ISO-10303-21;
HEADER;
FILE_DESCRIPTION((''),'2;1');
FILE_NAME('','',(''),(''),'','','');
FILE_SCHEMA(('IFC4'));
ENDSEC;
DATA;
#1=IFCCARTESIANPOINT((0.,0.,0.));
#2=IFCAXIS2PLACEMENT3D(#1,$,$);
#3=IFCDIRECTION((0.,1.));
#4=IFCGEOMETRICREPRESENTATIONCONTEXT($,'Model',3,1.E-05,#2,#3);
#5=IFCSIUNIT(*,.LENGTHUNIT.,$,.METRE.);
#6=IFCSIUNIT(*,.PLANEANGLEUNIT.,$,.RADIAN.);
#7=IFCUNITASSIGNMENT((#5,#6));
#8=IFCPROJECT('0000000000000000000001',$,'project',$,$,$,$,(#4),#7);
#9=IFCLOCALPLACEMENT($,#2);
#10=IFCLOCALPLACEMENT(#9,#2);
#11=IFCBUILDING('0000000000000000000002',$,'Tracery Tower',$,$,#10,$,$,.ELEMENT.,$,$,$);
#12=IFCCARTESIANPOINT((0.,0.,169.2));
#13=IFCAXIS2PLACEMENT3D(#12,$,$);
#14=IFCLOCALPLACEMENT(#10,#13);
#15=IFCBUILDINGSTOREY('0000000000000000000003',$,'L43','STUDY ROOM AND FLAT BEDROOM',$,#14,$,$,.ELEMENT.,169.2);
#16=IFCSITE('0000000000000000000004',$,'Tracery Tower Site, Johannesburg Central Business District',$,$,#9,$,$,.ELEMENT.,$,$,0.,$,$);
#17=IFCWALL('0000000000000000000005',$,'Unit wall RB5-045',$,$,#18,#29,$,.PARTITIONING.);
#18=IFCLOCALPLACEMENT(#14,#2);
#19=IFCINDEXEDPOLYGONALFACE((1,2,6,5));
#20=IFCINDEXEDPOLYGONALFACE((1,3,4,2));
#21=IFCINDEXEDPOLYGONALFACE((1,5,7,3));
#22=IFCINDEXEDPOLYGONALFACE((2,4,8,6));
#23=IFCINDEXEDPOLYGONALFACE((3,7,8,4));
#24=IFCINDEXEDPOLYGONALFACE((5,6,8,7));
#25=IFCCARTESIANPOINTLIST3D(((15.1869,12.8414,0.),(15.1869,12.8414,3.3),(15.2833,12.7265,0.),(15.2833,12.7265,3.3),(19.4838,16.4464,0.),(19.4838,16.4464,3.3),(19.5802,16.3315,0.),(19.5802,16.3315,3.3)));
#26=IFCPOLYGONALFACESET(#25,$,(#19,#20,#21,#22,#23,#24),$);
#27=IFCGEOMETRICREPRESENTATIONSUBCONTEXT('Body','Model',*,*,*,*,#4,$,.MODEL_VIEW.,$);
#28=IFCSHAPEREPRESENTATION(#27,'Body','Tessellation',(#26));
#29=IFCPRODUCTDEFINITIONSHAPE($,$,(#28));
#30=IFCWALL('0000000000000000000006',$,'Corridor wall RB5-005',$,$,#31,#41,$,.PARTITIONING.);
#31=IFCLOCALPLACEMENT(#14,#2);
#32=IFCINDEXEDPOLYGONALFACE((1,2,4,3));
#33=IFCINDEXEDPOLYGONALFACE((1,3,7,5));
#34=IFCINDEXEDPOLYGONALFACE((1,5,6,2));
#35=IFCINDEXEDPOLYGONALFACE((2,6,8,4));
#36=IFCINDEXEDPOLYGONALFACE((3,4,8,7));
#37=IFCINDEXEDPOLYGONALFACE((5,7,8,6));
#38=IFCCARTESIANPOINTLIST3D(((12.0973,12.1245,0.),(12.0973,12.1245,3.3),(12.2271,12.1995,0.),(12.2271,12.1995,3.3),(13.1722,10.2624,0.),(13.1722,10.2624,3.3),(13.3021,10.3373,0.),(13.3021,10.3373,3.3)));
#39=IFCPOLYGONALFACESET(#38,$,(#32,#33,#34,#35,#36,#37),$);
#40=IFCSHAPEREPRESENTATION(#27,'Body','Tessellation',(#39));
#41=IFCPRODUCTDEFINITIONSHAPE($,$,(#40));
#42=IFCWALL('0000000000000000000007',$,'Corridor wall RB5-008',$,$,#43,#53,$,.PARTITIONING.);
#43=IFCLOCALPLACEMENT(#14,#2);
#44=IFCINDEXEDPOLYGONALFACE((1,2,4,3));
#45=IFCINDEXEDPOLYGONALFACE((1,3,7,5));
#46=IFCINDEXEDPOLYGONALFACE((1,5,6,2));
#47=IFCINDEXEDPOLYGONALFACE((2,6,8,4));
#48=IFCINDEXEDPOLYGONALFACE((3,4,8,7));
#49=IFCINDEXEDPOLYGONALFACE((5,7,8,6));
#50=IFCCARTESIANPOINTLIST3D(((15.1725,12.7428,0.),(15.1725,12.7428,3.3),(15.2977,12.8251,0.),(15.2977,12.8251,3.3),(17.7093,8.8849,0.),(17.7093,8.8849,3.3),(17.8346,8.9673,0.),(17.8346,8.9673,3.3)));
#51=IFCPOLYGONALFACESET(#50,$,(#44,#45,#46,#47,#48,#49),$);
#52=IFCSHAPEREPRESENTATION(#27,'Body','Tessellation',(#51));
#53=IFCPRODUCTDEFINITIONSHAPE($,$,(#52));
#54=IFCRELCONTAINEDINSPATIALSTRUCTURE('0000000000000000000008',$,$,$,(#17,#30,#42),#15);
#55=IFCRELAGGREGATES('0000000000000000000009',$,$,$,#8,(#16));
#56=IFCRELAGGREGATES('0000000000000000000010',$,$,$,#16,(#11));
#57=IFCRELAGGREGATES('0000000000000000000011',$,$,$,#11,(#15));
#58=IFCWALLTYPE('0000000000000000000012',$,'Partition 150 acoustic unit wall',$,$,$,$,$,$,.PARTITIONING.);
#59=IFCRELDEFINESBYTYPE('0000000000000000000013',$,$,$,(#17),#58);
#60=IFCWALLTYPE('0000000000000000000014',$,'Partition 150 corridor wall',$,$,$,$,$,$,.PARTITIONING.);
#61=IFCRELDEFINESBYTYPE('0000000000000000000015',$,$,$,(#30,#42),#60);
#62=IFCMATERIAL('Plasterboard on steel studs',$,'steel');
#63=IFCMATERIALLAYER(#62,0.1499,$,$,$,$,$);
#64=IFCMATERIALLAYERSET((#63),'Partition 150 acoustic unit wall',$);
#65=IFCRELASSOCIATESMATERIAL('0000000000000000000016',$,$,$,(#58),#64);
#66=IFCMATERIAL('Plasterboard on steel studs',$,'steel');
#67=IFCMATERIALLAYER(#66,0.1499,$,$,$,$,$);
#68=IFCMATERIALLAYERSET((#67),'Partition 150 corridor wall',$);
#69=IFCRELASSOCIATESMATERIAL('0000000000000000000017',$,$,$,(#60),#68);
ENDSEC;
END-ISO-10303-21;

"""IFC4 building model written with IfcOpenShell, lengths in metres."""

from ifc_helpers import new_model, si_unit, direction, frame, frame_2d, origin, place, context, subcontext, project, spatial, rectangle, extrude, material, layer, layer_set, type_object, element, save


model = new_model("IFC4")

# Units and contexts
model_context = context("Model", 3, precision=1e-05, world=origin(), true_north=direction((0.0, 1.0)))
body_context = subcontext(model_context, "Body", "Model", "MODEL_VIEW")
ifc_project = project(units=[si_unit("LENGTHUNIT", "METRE"), si_unit("PLANEANGLEUNIT", "RADIAN")], contexts=[model_context])

# Site, building, storey
site_placement = place(None, origin())
site = spatial("IfcSite", under=ifc_project, at=site_placement, Name="Tracery Tower Site, Johannesburg Central Business District", CompositionType="ELEMENT", RefElevation=0.0)
building_placement = place(site_placement, origin())
building = spatial("IfcBuilding", under=site, at=building_placement, Name="Tracery Tower", CompositionType="ELEMENT")
storey_placement = place(building_placement, frame((0.0, 0.0, 169.2)))
storey = spatial("IfcBuildingStorey", under=building, at=storey_placement, Name="L43", Description="STUDY ROOM AND FLAT BEDROOM", CompositionType="ELEMENT", Elevation=169.2)

# Walls
ifc_material_1 = material(Name="Plasterboard on steel studs", Category="steel")
ifc_layer_1 = layer(ifc_material_1, 0.1499)
ifc_layer_set_1 = layer_set([ifc_layer_1], Name="Partition 150 acoustic unit wall")
wall_type_1 = type_object("IfcWallType", Name="Partition 150 acoustic unit wall", PredefinedType="PARTITIONING", material=ifc_layer_set_1)
wall_1_placement = place(storey_placement, frame((15.2351, 12.7839, 0.0), z_axis=(0.0, 0.0, 1.0), x_axis=(0.766091, 0.642733, 0.0)))
element("IfcWall", 1, at=wall_1_placement, inside=storey, type_object=wall_type_1, Name="Unit wall RB5-045", PredefinedType="PARTITIONING", context=body_context, shape_type="SweptSolid", body=[
    extrude(rectangle(XDim=5.6089, YDim=0.1499, at=frame_2d((2.8044, 0.0))), origin(), (0.0, 0.0, 1.0), 3.3),
])
ifc_material_2 = material(Name="Plasterboard on steel studs", Category="steel")
ifc_layer_2 = layer(ifc_material_2, 0.1499)
ifc_layer_set_2 = layer_set([ifc_layer_2], Name="Partition 150 corridor wall")
wall_type_2 = type_object("IfcWallType", Name="Partition 150 corridor wall", PredefinedType="PARTITIONING", material=ifc_layer_set_2)
wall_2_placement = place(storey_placement, frame((12.1621, 12.1621, 0.0), z_axis=(0.0, 0.0, 1.0), x_axis=(0.499962, -0.866048, 0.0)))
element("IfcWall", 2, at=wall_2_placement, inside=storey, type_object=wall_type_2, Name="Corridor wall RB5-005", PredefinedType="PARTITIONING", context=body_context, shape_type="SweptSolid", body=[
    extrude(rectangle(XDim=2.1501, YDim=0.1499, at=frame_2d((1.0752, 0.0))), origin(), (0.0, 0.0, 1.0), 3.3),
])
wall_3_placement = place(storey_placement, frame((15.2351, 12.7839, 0.0), z_axis=(0.0, 0.0, 1.0), x_axis=(0.54943, -0.83554, 0.0)))
element("IfcWall", 3, at=wall_3_placement, inside=storey, type_object=wall_type_2, Name="Corridor wall RB5-008", PredefinedType="PARTITIONING", context=body_context, shape_type="SweptSolid", body=[
    extrude(rectangle(XDim=4.6172, YDim=0.1499, at=frame_2d((2.3086, 0.0))), origin(), (0.0, 0.0, 1.0), 3.3),
])

save(model, "model.ifc")
